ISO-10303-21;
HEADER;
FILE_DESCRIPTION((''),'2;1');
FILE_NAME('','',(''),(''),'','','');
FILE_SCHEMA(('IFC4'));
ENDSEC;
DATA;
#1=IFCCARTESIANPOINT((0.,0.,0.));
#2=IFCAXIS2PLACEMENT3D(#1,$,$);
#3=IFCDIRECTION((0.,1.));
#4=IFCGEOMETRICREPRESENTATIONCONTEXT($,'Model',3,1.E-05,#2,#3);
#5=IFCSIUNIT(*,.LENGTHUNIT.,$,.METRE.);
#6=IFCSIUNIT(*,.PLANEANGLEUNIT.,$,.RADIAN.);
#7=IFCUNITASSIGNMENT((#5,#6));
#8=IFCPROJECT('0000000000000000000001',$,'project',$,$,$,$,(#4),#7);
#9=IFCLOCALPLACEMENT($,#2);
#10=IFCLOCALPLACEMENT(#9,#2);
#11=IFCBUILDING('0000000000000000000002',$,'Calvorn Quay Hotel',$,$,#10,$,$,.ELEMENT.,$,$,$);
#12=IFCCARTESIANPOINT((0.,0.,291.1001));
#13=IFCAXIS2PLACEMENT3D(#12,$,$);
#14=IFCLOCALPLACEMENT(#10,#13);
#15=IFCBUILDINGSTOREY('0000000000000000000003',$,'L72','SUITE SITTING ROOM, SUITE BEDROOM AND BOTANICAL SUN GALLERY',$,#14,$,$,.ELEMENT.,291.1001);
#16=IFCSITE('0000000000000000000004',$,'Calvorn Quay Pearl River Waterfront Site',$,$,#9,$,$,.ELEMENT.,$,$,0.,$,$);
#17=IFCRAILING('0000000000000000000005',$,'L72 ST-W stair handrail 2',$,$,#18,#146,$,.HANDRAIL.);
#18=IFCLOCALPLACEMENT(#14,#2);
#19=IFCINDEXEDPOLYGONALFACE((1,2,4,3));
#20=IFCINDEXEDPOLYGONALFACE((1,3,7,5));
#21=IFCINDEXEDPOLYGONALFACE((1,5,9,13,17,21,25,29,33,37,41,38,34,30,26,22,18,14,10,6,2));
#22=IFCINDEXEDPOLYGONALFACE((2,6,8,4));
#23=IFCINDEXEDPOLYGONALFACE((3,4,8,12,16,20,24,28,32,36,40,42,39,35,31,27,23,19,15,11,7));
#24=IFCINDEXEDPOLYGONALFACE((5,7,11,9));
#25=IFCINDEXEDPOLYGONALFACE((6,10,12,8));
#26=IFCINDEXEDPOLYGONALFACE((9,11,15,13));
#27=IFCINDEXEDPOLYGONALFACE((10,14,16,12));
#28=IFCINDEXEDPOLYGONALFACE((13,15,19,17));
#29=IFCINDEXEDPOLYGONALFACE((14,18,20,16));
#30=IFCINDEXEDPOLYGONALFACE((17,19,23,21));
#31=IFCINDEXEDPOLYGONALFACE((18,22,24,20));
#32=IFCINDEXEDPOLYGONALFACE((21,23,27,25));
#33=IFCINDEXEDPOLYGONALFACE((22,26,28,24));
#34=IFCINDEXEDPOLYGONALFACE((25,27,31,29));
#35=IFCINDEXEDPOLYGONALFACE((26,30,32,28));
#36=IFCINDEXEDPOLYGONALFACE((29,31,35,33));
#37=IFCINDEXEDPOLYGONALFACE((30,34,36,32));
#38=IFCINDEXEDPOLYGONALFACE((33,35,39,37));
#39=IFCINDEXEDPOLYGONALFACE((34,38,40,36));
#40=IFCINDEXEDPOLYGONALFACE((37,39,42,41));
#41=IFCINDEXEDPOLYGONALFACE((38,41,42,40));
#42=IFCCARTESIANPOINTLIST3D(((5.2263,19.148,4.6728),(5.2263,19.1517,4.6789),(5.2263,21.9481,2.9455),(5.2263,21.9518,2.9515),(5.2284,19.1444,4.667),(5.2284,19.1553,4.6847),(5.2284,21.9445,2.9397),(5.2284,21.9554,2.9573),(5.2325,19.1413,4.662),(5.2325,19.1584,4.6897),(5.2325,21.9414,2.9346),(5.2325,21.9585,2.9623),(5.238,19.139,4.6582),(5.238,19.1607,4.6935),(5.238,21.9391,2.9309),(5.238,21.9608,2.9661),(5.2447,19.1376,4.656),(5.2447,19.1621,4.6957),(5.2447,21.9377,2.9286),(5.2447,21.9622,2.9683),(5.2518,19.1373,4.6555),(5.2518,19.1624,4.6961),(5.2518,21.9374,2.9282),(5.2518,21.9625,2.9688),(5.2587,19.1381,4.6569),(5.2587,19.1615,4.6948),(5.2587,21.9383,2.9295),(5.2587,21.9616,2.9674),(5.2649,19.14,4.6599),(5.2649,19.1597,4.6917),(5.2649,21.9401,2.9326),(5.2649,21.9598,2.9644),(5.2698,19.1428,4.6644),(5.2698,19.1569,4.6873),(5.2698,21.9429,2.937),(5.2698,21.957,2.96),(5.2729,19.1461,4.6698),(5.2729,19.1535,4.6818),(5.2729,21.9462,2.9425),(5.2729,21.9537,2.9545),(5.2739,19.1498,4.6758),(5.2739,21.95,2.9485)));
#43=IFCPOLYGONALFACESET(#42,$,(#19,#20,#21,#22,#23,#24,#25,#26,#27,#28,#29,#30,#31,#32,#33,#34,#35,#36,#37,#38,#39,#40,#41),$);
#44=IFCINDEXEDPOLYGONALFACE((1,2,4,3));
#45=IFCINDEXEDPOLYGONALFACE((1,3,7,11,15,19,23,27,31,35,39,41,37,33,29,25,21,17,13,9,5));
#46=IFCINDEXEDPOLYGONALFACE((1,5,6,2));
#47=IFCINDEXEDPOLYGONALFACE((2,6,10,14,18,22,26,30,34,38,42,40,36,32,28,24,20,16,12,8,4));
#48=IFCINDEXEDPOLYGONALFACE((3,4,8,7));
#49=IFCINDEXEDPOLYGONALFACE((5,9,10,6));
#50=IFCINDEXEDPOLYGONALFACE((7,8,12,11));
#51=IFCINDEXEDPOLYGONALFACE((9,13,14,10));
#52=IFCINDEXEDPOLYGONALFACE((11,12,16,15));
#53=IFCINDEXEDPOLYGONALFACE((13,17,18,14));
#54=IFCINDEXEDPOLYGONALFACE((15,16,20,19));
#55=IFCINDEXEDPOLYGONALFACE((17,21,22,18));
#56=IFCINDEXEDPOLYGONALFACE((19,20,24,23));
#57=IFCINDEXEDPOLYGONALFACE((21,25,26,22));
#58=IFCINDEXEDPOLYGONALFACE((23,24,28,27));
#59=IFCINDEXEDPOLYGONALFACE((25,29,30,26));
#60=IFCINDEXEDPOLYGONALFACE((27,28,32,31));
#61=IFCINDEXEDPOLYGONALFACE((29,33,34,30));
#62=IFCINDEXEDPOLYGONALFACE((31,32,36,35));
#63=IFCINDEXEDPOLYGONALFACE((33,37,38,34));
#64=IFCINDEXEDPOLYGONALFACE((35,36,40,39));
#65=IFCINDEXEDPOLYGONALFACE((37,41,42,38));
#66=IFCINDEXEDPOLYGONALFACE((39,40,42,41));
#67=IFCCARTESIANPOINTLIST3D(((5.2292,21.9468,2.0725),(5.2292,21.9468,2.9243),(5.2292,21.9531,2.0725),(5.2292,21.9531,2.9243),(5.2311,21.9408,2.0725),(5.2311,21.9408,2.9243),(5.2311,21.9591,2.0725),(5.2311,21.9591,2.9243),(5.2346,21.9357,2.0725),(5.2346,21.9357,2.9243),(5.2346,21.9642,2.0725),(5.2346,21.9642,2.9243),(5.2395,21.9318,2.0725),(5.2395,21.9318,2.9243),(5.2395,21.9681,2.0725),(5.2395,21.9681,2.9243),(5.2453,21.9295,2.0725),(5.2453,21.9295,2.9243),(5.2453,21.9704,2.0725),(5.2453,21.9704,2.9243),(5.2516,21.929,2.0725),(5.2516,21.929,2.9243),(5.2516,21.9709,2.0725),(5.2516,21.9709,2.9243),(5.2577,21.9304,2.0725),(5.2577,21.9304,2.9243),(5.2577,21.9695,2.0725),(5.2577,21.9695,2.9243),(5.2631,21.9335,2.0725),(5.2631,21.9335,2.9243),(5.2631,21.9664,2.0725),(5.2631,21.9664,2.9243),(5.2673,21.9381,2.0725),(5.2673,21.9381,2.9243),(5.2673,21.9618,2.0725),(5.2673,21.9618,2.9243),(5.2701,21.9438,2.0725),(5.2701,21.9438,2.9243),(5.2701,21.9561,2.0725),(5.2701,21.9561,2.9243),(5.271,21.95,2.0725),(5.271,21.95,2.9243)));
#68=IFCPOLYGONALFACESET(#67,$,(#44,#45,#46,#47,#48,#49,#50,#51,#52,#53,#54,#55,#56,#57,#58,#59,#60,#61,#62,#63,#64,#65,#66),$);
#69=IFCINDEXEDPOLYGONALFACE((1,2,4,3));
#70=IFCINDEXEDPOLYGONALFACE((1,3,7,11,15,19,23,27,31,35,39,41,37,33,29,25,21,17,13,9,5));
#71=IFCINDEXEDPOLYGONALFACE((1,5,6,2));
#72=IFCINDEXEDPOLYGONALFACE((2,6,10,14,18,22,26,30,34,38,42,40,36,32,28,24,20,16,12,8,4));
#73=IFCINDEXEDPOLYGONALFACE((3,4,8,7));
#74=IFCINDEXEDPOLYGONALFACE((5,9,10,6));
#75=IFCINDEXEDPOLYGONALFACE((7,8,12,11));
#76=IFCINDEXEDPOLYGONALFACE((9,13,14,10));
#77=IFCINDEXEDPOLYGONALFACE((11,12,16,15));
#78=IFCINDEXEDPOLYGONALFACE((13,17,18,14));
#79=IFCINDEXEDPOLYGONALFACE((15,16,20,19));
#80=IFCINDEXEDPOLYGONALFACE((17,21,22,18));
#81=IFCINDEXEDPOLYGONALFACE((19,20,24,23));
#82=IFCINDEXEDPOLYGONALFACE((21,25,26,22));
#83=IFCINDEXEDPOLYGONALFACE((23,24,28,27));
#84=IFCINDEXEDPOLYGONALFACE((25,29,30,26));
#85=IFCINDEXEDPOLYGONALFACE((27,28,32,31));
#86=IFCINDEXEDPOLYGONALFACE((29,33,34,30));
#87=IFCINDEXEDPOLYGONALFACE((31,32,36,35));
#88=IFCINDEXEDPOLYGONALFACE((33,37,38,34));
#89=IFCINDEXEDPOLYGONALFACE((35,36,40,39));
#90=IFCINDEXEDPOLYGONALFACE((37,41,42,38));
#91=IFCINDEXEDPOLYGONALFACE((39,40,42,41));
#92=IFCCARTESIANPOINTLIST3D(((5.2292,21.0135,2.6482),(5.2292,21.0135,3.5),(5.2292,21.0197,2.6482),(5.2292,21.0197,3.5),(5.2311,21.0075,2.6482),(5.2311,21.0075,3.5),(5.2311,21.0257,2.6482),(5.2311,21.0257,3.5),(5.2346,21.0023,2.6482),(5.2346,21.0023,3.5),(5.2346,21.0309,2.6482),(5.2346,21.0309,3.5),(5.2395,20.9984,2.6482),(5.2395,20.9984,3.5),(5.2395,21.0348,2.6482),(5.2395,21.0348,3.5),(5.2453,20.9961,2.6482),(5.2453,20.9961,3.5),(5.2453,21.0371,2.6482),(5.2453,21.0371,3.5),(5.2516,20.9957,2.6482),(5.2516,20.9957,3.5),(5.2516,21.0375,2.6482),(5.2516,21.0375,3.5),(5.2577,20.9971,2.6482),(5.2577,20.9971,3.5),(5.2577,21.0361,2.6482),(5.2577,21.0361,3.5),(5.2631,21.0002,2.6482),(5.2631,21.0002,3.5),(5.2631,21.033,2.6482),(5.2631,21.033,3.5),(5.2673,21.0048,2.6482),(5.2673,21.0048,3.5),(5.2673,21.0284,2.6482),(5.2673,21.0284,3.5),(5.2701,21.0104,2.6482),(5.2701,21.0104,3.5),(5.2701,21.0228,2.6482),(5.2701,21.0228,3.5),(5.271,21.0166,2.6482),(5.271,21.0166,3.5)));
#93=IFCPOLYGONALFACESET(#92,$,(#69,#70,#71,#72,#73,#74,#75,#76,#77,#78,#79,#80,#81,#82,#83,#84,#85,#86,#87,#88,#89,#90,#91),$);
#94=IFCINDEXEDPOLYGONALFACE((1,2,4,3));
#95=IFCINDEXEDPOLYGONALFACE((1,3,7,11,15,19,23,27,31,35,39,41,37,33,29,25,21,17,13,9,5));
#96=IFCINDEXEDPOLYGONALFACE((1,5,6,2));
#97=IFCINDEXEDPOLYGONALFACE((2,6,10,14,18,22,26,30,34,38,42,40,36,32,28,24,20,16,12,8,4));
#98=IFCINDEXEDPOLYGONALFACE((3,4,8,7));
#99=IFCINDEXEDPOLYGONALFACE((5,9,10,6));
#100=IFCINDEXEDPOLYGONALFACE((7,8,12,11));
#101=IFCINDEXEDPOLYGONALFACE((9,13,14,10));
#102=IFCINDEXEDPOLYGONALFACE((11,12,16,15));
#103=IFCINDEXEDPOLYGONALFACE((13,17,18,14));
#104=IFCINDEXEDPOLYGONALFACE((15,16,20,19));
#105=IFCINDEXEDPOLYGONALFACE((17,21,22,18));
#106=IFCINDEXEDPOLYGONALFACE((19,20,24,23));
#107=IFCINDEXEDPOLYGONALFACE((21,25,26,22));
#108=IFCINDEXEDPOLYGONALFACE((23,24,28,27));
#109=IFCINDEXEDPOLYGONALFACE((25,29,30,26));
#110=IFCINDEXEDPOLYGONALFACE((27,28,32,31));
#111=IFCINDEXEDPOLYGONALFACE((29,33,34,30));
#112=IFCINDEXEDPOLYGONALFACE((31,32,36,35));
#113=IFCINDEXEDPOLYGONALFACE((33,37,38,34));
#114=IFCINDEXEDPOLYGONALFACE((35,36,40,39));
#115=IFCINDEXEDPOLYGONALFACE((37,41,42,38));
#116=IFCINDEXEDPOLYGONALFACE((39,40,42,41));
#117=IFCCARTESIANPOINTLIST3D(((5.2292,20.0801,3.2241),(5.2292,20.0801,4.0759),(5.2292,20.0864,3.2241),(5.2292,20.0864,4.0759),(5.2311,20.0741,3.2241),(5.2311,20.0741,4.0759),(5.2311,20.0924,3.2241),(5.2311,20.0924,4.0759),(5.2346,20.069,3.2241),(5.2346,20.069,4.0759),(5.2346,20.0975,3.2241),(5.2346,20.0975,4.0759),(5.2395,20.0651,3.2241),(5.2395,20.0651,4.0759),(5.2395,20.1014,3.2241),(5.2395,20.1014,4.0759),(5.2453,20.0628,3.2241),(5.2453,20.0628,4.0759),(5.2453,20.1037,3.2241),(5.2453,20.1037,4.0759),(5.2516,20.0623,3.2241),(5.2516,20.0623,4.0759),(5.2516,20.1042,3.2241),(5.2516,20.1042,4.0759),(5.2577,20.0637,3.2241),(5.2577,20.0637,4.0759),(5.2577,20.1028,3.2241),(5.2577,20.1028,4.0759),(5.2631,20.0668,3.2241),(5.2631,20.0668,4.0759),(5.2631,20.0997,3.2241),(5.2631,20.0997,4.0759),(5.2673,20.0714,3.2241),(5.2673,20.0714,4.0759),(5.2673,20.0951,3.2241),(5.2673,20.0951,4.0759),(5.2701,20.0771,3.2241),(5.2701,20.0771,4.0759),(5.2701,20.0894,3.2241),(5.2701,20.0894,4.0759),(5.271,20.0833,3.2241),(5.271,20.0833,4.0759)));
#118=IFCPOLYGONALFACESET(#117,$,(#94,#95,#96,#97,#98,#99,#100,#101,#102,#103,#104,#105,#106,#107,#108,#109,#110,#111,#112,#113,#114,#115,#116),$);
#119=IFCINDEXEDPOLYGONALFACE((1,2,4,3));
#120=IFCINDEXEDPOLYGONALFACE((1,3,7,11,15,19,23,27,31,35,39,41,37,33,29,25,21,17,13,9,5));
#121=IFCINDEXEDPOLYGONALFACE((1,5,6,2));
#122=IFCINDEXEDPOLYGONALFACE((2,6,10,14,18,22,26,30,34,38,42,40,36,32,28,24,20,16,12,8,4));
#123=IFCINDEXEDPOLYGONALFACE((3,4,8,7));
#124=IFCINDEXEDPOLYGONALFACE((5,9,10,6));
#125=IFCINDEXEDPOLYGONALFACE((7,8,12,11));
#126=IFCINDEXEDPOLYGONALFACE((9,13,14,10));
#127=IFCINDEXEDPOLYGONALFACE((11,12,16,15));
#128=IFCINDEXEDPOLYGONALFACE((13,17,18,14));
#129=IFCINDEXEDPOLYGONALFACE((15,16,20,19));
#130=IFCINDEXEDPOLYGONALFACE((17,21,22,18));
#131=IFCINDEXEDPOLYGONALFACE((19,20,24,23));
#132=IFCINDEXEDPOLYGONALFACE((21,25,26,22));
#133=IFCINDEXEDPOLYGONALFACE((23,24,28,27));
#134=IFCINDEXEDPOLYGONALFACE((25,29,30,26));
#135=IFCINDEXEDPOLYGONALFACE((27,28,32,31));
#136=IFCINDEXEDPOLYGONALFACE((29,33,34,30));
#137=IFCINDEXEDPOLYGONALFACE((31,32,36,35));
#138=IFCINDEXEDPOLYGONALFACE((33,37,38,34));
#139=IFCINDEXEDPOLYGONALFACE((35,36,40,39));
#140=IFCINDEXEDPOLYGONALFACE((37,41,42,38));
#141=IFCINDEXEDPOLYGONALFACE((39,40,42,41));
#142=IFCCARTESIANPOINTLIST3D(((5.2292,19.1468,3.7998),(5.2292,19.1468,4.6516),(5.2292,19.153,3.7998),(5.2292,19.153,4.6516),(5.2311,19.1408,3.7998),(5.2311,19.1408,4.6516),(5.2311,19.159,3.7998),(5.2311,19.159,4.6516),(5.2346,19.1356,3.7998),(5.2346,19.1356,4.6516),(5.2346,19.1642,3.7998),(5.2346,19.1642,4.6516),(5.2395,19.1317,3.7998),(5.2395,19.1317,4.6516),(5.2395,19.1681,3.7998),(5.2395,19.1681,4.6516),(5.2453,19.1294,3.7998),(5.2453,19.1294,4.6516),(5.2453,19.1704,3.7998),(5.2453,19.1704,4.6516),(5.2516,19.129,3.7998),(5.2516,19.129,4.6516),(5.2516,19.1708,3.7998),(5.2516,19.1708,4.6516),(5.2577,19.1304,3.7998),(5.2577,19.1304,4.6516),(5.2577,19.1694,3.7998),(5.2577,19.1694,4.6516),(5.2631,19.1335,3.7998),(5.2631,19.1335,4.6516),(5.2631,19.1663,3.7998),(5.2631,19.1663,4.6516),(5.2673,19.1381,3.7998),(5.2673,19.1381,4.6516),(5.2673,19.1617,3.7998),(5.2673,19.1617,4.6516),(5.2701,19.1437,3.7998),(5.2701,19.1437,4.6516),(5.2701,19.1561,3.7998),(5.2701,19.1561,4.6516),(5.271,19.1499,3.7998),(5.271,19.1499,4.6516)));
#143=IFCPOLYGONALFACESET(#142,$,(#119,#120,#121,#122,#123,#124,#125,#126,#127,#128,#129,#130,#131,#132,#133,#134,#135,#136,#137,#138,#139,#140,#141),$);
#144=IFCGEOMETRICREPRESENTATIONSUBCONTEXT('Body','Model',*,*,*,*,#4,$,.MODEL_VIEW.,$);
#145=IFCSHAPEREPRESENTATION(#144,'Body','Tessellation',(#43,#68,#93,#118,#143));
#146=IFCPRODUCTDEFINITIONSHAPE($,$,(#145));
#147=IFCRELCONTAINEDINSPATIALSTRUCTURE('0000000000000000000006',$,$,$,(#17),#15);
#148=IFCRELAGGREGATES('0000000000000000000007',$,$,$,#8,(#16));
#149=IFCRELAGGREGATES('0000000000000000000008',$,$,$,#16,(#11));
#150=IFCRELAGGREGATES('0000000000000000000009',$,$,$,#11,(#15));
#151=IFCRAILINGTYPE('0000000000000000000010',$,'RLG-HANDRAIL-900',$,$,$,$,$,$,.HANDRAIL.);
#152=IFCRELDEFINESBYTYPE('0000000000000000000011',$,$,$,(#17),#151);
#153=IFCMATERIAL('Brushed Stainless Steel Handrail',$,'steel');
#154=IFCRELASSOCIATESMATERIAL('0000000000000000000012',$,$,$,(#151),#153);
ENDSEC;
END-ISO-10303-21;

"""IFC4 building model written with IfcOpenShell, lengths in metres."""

from ifc_helpers import new_model, si_unit, direction, frame, origin, origin_2d, place, context, subcontext, project, spatial, circle, extrude, material, type_object, element, save


model = new_model("IFC4")

# Units and contexts
model_context = context("Model", 3, precision=1e-05, world=origin(), true_north=direction((0.0, 1.0)))
body_context = subcontext(model_context, "Body", "Model", "MODEL_VIEW")
ifc_project = project(units=[si_unit("LENGTHUNIT", "METRE"), si_unit("PLANEANGLEUNIT", "RADIAN")], contexts=[model_context])

# Site, building, storey
site_placement = place(None, origin())
site = spatial("IfcSite", under=ifc_project, at=site_placement, Name="Calvorn Quay Pearl River Waterfront Site", CompositionType="ELEMENT", RefElevation=0.0)
building_placement = place(site_placement, origin())
building = spatial("IfcBuilding", under=site, at=building_placement, Name="Calvorn Quay Hotel", CompositionType="ELEMENT")
storey_placement = place(building_placement, frame((0.0, 0.0, 291.1001)))
storey = spatial("IfcBuildingStorey", under=building, at=storey_placement, Name="L72", Description="SUITE SITTING ROOM, SUITE BEDROOM AND BOTANICAL SUN GALLERY", CompositionType="ELEMENT", Elevation=291.1001)

# Railing
ifc_material_1 = material(Name="Brushed Stainless Steel Handrail", Category="steel")
railing_type_1 = type_object("IfcRailingType", Name="RLG-HANDRAIL-900", PredefinedType="HANDRAIL", material=ifc_material_1)
railing_1_placement = place(storey_placement, frame((5.25, 21.95, 2.0725)))
element("IfcRailing", 1, at=railing_1_placement, inside=storey, type_object=railing_type_1, Name="L72 ST-W stair handrail 2", PredefinedType="HANDRAIL", context=body_context, shape_type="SweptSolid", body=[
    extrude(circle(Radius=0.0239, at=origin_2d()), frame((0.0, 0.0, 0.876), z_axis=(0.0, -0.85109, 0.52502), x_axis=(1.0, 0.0, 0.0)), (0.0, 0.0, 1.0), 3.29),
    extrude(circle(Radius=0.021, at=origin_2d()), origin(), (0.0, 0.0, 1.0), 0.8518),
    extrude(circle(Radius=0.021, at=origin_2d()), frame((0.0, -0.9333, 0.5757)), (0.0, 0.0, 1.0), 0.8518),
    extrude(circle(Radius=0.021, at=origin_2d()), frame((0.0, -1.8667, 1.1516)), (0.0, 0.0, 1.0), 0.8518),
    extrude(circle(Radius=0.021, at=origin_2d()), frame((0.0, -2.8, 1.7273)), (0.0, 0.0, 1.0), 0.8518),
])

save(model, "model.ifc")
